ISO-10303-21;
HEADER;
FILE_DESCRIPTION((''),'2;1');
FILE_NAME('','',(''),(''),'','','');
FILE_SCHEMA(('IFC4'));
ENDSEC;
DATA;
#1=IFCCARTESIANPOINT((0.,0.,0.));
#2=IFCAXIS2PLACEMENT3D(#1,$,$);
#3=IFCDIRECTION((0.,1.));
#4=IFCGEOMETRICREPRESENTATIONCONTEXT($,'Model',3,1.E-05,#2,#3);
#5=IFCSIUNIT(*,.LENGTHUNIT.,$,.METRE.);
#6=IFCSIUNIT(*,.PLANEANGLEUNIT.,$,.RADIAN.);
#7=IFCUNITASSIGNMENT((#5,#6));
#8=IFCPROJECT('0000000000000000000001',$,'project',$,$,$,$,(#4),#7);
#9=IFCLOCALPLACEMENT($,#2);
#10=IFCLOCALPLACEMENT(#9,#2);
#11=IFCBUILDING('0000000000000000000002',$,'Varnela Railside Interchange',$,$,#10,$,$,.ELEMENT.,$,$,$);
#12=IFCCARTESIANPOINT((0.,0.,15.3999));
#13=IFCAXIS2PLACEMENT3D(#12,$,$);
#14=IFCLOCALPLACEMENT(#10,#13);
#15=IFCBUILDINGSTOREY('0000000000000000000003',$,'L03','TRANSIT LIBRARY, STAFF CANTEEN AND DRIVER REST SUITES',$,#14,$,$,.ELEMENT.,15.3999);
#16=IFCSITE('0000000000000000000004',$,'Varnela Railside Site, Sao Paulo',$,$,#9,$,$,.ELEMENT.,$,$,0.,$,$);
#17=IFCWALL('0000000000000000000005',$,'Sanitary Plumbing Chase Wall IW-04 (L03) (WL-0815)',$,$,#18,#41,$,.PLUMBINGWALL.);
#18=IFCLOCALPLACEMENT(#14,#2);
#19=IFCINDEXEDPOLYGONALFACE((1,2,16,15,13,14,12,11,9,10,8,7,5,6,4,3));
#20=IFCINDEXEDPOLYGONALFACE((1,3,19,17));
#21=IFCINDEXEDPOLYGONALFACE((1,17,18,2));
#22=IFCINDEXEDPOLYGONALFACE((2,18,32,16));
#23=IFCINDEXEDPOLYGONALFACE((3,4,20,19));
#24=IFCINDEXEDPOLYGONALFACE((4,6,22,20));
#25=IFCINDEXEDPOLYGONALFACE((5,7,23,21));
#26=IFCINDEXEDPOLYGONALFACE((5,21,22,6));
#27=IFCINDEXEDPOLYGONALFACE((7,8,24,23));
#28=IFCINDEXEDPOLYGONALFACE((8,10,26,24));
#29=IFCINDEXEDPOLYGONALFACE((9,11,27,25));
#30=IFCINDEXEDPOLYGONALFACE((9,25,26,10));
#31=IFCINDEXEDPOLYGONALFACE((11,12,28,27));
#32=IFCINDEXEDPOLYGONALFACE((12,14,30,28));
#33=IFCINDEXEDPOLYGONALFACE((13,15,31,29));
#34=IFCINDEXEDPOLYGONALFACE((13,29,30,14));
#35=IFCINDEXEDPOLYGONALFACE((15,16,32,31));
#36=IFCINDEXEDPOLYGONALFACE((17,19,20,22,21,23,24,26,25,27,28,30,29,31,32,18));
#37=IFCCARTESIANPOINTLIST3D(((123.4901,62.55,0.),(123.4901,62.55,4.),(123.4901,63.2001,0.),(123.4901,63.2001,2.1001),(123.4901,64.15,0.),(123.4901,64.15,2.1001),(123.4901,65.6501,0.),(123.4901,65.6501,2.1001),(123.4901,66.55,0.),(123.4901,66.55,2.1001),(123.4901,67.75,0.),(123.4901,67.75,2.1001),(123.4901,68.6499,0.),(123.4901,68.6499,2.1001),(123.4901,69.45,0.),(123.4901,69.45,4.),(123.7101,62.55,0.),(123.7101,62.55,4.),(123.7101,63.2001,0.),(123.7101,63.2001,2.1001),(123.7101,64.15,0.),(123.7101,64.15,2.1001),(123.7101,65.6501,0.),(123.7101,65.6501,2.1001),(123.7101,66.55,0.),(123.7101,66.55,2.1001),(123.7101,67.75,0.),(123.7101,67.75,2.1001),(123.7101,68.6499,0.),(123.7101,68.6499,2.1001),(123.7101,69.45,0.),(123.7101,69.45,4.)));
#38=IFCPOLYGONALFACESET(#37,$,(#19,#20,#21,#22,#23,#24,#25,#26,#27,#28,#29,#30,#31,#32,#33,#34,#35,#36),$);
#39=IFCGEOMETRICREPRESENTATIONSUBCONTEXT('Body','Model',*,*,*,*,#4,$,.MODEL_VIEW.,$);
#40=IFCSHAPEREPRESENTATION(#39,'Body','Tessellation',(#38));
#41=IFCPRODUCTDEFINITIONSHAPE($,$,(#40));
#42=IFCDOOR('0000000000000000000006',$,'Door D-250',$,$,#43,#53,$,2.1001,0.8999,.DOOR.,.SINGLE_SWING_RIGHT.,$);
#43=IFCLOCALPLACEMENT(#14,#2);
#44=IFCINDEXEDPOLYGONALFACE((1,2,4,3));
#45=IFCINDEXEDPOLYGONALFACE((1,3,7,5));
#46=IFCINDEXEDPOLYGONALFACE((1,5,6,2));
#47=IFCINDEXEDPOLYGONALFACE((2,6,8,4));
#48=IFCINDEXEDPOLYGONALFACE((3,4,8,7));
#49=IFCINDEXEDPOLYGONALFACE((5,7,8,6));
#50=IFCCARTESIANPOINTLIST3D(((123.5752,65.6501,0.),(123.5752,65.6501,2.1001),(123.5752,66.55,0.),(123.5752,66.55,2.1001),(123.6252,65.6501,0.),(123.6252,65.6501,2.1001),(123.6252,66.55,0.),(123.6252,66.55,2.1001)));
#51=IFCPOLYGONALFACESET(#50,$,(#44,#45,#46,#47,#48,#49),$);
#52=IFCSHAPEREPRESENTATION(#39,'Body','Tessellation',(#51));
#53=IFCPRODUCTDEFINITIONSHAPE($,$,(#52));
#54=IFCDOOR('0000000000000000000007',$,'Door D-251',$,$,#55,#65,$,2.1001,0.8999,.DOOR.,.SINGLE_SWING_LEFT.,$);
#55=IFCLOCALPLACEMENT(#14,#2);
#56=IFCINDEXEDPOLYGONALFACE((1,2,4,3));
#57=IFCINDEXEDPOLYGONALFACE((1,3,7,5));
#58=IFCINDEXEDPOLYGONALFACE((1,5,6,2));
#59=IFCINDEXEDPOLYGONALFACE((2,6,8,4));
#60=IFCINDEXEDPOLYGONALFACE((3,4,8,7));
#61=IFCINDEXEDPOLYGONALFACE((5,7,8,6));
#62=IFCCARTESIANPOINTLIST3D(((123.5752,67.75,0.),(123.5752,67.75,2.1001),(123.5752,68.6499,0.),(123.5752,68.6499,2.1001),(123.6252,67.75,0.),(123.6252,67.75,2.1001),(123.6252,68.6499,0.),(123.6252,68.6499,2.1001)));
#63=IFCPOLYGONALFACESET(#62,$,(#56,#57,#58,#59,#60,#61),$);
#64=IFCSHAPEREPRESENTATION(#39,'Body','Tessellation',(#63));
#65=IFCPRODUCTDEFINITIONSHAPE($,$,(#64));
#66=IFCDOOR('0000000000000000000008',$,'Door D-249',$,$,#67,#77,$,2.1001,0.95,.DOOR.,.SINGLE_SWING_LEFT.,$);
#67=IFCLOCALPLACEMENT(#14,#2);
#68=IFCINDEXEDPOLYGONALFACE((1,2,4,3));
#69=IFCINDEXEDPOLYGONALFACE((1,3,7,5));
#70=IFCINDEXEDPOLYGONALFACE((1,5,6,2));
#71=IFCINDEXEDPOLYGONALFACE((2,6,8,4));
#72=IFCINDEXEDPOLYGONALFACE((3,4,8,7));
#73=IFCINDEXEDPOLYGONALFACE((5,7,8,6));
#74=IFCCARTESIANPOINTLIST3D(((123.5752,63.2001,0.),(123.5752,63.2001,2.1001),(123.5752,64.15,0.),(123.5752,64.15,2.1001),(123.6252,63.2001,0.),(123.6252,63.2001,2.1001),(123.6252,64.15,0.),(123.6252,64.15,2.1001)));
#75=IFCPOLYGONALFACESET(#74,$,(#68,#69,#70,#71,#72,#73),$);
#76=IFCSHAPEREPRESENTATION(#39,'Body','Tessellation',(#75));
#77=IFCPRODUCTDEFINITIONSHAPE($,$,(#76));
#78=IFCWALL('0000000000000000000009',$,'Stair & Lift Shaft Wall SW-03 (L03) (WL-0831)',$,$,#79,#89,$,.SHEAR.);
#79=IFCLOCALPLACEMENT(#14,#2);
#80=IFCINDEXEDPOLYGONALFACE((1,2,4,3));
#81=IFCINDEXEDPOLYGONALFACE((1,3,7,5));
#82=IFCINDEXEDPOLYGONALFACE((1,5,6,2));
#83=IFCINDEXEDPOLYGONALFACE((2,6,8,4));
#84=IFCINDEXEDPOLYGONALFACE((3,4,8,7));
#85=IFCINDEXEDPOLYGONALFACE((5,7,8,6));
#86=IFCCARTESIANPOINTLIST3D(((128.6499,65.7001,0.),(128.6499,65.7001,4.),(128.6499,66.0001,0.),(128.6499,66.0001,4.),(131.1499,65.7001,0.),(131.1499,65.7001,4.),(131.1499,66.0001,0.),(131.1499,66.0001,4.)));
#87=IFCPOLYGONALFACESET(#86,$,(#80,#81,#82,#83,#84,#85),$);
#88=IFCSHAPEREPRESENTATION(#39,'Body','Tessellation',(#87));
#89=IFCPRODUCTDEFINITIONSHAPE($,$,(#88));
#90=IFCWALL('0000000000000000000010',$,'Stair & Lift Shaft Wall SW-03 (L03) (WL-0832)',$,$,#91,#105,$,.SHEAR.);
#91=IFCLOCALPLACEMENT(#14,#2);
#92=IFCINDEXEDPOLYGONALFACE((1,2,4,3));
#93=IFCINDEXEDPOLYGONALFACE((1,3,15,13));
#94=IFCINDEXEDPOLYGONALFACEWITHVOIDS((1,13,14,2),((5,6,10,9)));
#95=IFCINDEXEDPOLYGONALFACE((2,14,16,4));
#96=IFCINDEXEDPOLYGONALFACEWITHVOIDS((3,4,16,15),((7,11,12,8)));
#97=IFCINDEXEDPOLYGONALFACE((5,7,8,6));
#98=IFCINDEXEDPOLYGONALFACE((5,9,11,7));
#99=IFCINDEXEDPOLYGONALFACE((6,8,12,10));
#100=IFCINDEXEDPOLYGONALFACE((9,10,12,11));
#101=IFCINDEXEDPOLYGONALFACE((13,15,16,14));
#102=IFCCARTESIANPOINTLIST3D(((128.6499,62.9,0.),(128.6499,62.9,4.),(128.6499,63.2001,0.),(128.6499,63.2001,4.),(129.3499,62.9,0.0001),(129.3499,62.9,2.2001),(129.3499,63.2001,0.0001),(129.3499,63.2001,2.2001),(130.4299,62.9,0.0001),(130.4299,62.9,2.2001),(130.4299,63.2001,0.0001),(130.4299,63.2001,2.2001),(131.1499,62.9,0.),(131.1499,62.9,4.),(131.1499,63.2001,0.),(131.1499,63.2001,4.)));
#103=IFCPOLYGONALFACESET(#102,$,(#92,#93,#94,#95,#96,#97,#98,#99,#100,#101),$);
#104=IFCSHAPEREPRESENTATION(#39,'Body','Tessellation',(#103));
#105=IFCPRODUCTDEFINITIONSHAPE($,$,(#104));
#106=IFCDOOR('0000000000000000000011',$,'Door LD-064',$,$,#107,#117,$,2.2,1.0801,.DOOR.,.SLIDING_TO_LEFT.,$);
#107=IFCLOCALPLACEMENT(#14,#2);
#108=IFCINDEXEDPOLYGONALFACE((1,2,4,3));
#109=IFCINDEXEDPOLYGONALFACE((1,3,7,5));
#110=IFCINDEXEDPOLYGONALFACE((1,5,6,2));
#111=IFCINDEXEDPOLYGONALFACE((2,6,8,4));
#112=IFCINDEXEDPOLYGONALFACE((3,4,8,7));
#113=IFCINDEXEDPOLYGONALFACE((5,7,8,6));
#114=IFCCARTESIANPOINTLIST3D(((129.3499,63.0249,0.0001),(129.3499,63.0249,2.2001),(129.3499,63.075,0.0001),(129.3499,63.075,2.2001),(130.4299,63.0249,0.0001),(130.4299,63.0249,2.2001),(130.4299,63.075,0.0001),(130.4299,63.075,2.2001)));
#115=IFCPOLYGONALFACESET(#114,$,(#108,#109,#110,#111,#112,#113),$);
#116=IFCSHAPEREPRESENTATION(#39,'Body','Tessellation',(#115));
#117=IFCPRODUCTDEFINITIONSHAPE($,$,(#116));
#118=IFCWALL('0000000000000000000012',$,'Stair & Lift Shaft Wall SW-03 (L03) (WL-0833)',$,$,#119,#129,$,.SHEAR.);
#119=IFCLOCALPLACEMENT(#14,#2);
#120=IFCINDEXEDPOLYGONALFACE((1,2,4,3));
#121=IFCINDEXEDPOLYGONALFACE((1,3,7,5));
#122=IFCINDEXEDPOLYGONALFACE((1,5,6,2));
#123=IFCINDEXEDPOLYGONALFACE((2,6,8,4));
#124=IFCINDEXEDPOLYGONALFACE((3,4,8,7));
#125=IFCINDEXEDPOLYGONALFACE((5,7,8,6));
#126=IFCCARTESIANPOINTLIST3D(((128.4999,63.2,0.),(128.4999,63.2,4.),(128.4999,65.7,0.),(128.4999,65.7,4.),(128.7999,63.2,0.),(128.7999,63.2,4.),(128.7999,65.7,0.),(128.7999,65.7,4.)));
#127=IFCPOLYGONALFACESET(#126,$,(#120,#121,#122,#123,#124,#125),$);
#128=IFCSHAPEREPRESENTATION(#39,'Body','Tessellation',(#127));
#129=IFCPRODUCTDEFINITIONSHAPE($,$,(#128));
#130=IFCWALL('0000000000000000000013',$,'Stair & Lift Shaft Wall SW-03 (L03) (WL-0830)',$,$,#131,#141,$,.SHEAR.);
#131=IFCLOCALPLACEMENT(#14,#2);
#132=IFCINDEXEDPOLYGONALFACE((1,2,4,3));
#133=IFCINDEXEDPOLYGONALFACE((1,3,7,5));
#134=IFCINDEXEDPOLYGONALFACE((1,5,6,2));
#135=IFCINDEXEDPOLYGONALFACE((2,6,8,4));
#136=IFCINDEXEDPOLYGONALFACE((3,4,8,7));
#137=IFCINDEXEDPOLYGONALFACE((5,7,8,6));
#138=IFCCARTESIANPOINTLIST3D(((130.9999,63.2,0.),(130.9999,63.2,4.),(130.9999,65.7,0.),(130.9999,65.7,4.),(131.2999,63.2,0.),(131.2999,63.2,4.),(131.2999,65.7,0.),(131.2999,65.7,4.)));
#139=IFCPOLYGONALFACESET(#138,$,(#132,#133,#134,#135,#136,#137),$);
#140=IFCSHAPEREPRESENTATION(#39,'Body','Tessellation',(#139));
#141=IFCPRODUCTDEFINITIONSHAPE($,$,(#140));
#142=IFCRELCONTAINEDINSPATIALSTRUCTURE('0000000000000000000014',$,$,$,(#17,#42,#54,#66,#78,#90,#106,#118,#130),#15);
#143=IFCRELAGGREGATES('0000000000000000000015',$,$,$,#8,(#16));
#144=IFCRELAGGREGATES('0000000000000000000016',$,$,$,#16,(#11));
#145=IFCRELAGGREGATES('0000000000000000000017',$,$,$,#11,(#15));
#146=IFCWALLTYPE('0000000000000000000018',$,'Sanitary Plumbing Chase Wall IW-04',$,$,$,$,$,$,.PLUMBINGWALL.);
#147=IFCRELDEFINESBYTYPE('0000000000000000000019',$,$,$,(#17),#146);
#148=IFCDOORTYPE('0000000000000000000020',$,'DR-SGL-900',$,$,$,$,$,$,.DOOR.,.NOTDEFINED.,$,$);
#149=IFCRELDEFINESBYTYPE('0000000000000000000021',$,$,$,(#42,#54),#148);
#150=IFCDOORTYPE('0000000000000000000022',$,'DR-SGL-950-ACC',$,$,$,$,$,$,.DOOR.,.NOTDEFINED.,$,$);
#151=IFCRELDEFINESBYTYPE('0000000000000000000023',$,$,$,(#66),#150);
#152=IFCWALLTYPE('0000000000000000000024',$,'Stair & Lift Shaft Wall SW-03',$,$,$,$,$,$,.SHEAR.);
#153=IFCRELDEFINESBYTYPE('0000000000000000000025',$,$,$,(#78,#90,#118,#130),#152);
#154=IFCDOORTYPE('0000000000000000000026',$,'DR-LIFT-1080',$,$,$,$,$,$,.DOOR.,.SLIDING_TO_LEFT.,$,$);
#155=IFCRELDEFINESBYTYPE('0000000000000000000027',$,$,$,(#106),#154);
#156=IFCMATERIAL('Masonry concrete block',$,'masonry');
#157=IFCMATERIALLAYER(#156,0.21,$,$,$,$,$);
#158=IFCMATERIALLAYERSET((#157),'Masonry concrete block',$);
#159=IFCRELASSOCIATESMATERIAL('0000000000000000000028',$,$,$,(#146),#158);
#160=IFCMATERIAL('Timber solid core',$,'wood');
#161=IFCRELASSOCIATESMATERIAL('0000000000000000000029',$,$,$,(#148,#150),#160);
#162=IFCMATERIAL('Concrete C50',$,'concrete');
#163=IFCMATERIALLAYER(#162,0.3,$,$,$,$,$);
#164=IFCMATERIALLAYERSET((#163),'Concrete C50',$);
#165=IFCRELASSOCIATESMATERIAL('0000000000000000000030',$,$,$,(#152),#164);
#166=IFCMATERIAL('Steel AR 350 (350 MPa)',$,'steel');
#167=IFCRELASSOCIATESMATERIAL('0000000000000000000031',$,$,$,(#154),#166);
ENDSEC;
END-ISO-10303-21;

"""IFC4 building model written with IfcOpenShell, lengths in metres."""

from ifc_helpers import new_model, si_unit, direction, frame, frame_2d, origin, place, context, subcontext, project, spatial, rectangle, extrude, material, layer, layer_set, type_object, element, fill, save


model = new_model("IFC4")

# Units and contexts
model_context = context("Model", 3, precision=1e-05, world=origin(), true_north=direction((0.0, 1.0)))
body_context = subcontext(model_context, "Body", "Model", "MODEL_VIEW")
ifc_project = project(units=[si_unit("LENGTHUNIT", "METRE"), si_unit("PLANEANGLEUNIT", "RADIAN")], contexts=[model_context])

# Site, building, storey
site_placement = place(None, origin())
site = spatial("IfcSite", under=ifc_project, at=site_placement, Name="Varnela Railside Site, Sao Paulo", CompositionType="ELEMENT", RefElevation=0.0)
building_placement = place(site_placement, origin())
building = spatial("IfcBuilding", under=site, at=building_placement, Name="Varnela Railside Interchange", CompositionType="ELEMENT")
storey_placement = place(building_placement, frame((0.0, 0.0, 15.3999)))
storey = spatial("IfcBuildingStorey", under=building, at=storey_placement, Name="L03", Description="TRANSIT LIBRARY, STAFF CANTEEN AND DRIVER REST SUITES", CompositionType="ELEMENT", Elevation=15.3999)

# Shared definitions
ifc_material_1 = material(Name="Steel AR 350 (350 MPa)", Category="steel")

# Wall, openings, doors
ifc_material_2 = material(Name="Masonry concrete block", Category="masonry")
ifc_layer_1 = layer(ifc_material_2, 0.21)
ifc_layer_set_1 = layer_set([ifc_layer_1], Name="Masonry concrete block")
wall_type_1 = type_object("IfcWallType", Name="Sanitary Plumbing Chase Wall IW-04", PredefinedType="PLUMBINGWALL", material=ifc_layer_set_1)
wall_1_placement = place(storey_placement, frame((123.6001, 62.55, 0.0), z_axis=(0.0, 0.0, 1.0), x_axis=(0.0, 1.0, 0.0)))
wall_1 = element("IfcWall", 1, at=wall_1_placement, inside=storey, type_object=wall_type_1, Name="Sanitary Plumbing Chase Wall IW-04 (L03) (WL-0815)", PredefinedType="PLUMBINGWALL", context=body_context, shape_type="SweptSolid", body=[
    extrude(rectangle(XDim=6.8999, YDim=0.22, at=frame_2d((3.45, 0.0))), origin(), (0.0, 0.0, 1.0), 4.0),
])
opening_1_placement = place(wall_1_placement, frame((0.6499, 0.0, 0.0)))
opening_1 = element("IfcOpeningElement", 2, at=opening_1_placement, cuts=wall_1, PredefinedType="OPENING", context=body_context, shape_type="SweptSolid", body=[
    extrude(rectangle(XDim=0.95, YDim=2.1001, at=frame_2d((0.4751, 1.05))), frame((0.0, 0.1199, 0.0), z_axis=(0.0, -1.0, 0.0), x_axis=(1.0, 0.0, 0.0)), (0.0, 0.0, 1.0), 0.24),
])
opening_2_placement = place(wall_1_placement, frame((3.1001, 0.0, 0.0)))
opening_2 = element("IfcOpeningElement", 3, at=opening_2_placement, cuts=wall_1, PredefinedType="OPENING", context=body_context, shape_type="SweptSolid", body=[
    extrude(rectangle(XDim=0.8999, YDim=2.1001, at=frame_2d((0.45, 1.05))), frame((0.0, 0.1199, 0.0), z_axis=(0.0, -1.0, 0.0), x_axis=(1.0, 0.0, 0.0)), (0.0, 0.0, 1.0), 0.24),
])
opening_3_placement = place(wall_1_placement, frame((5.2, 0.0, 0.0)))
opening_3 = element("IfcOpeningElement", 4, at=opening_3_placement, cuts=wall_1, PredefinedType="OPENING", context=body_context, shape_type="SweptSolid", body=[
    extrude(rectangle(XDim=0.8999, YDim=2.1001, at=frame_2d((0.45, 1.05))), frame((0.0, 0.1199, 0.0), z_axis=(0.0, -1.0, 0.0), x_axis=(1.0, 0.0, 0.0)), (0.0, 0.0, 1.0), 0.24),
])
ifc_material_3 = material(Name="Timber solid core", Category="wood")
door_type_1 = type_object("IfcDoorType", Name="DR-SGL-900", OperationType="NOTDEFINED", PredefinedType="DOOR", material=ifc_material_3)
door_1_placement = place(opening_2_placement, origin())
door_1 = element("IfcDoor", 5, at=door_1_placement, inside=storey, type_object=door_type_1, Name="Door D-250", OperationType="SINGLE_SWING_RIGHT", OverallHeight=2.1001, OverallWidth=0.8999, PredefinedType="DOOR", context=body_context, shape_type="SweptSolid", body=[
    extrude(rectangle(XDim=0.8999, YDim=2.1001, at=frame_2d((0.45, 1.05))), frame((0.0, 0.0249, 0.0), z_axis=(0.0, -1.0, 0.0), x_axis=(1.0, 0.0, 0.0)), (0.0, 0.0, 1.0), 0.05),
])
fill(opening_2, door_1)
door_2_placement = place(opening_3_placement, origin())
door_2 = element("IfcDoor", 6, at=door_2_placement, inside=storey, type_object=door_type_1, Name="Door D-251", OperationType="SINGLE_SWING_LEFT", OverallHeight=2.1001, OverallWidth=0.8999, PredefinedType="DOOR", context=body_context, shape_type="SweptSolid", body=[
    extrude(rectangle(XDim=0.8999, YDim=2.1001, at=frame_2d((0.45, 1.05))), frame((0.0, 0.0249, 0.0), z_axis=(0.0, -1.0, 0.0), x_axis=(1.0, 0.0, 0.0)), (0.0, 0.0, 1.0), 0.05),
])
fill(opening_3, door_2)
door_type_2 = type_object("IfcDoorType", Name="DR-SGL-950-ACC", OperationType="NOTDEFINED", PredefinedType="DOOR", material=ifc_material_3)
door_3_placement = place(opening_1_placement, origin())
door_3 = element("IfcDoor", 7, at=door_3_placement, inside=storey, type_object=door_type_2, Name="Door D-249", OperationType="SINGLE_SWING_LEFT", OverallHeight=2.1001, OverallWidth=0.95, PredefinedType="DOOR", context=body_context, shape_type="SweptSolid", body=[
    extrude(rectangle(XDim=0.95, YDim=2.1001, at=frame_2d((0.4751, 1.05))), frame((0.0, 0.0249, 0.0), z_axis=(0.0, -1.0, 0.0), x_axis=(1.0, 0.0, 0.0)), (0.0, 0.0, 1.0), 0.05),
])
fill(opening_1, door_3)

# Wall
ifc_material_4 = material(Name="Concrete C50", Category="concrete")
ifc_layer_2 = layer(ifc_material_4, 0.3)
ifc_layer_set_2 = layer_set([ifc_layer_2], Name="Concrete C50")
wall_type_2 = type_object("IfcWallType", Name="Stair & Lift Shaft Wall SW-03", PredefinedType="SHEAR", material=ifc_layer_set_2)
wall_2_placement = place(storey_placement, frame((128.6499, 65.8501, 0.0), z_axis=(0.0, 0.0, 1.0), x_axis=(1.0, 0.0, 0.0)))
element("IfcWall", 8, at=wall_2_placement, inside=storey, type_object=wall_type_2, Name="Stair & Lift Shaft Wall SW-03 (L03) (WL-0831)", PredefinedType="SHEAR", context=body_context, shape_type="SweptSolid", body=[
    extrude(rectangle(XDim=2.5, YDim=0.3, at=frame_2d((1.25, 0.0))), origin(), (0.0, 0.0, 1.0), 4.0),
])

# Wall, opening, door
wall_3_placement = place(storey_placement, frame((128.6499, 63.05, 0.0), z_axis=(0.0, 0.0, 1.0), x_axis=(1.0, 0.0, 0.0)))
wall_3 = element("IfcWall", 9, at=wall_3_placement, inside=storey, type_object=wall_type_2, Name="Stair & Lift Shaft Wall SW-03 (L03) (WL-0832)", PredefinedType="SHEAR", context=body_context, shape_type="SweptSolid", body=[
    extrude(rectangle(XDim=2.5, YDim=0.3, at=frame_2d((1.25, 0.0))), origin(), (0.0, 0.0, 1.0), 4.0),
])
opening_4_placement = place(wall_3_placement, frame((0.7, 0.0, 0.0)))
opening_4 = element("IfcOpeningElement", 10, at=opening_4_placement, cuts=wall_3, PredefinedType="OPENING", context=body_context, shape_type="SweptSolid", body=[
    extrude(rectangle(XDim=1.0801, YDim=2.2, at=frame_2d((0.54, 1.1001))), frame((0.0, 0.1599, 0.0), z_axis=(0.0, -1.0, 0.0), x_axis=(1.0, 0.0, 0.0)), (0.0, 0.0, 1.0), 0.3201),
])
door_type_3 = type_object("IfcDoorType", Name="DR-LIFT-1080", OperationType="SLIDING_TO_LEFT", PredefinedType="DOOR", material=ifc_material_1)
door_4_placement = place(opening_4_placement, origin())
door_4 = element("IfcDoor", 11, at=door_4_placement, inside=storey, type_object=door_type_3, Name="Door LD-064", OperationType="SLIDING_TO_LEFT", OverallHeight=2.2, OverallWidth=1.0801, PredefinedType="DOOR", context=body_context, shape_type="SweptSolid", body=[
    extrude(rectangle(XDim=1.0801, YDim=2.2, at=frame_2d((0.54, 1.1001))), frame((0.0, 0.0249, 0.0), z_axis=(0.0, -1.0, 0.0), x_axis=(1.0, 0.0, 0.0)), (0.0, 0.0, 1.0), 0.05),
])
fill(opening_4, door_4)

# Walls
for number, where, z_axis, x_axis, name in (
    (12, (128.6499, 63.2, 0.0), (0.0, 0.0, 1.0), (0.0, 1.0, 0.0), "Stair & Lift Shaft Wall SW-03 (L03) (WL-0833)"),
    (13, (131.1499, 63.2, 0.0), (0.0, 0.0, 1.0), (0.0, 1.0, 0.0), "Stair & Lift Shaft Wall SW-03 (L03) (WL-0830)"),
):
    element("IfcWall", number, at=place(storey_placement, frame(where, z_axis=z_axis, x_axis=x_axis)), inside=storey, type_object=wall_type_2, Name=name, PredefinedType="SHEAR", context=body_context, shape_type="SweptSolid", body=[
        extrude(rectangle(XDim=2.5, YDim=0.3, at=frame_2d((1.25, 0.0))), origin(), (0.0, 0.0, 1.0), 4.0),
    ])

save(model, "model.ifc")
